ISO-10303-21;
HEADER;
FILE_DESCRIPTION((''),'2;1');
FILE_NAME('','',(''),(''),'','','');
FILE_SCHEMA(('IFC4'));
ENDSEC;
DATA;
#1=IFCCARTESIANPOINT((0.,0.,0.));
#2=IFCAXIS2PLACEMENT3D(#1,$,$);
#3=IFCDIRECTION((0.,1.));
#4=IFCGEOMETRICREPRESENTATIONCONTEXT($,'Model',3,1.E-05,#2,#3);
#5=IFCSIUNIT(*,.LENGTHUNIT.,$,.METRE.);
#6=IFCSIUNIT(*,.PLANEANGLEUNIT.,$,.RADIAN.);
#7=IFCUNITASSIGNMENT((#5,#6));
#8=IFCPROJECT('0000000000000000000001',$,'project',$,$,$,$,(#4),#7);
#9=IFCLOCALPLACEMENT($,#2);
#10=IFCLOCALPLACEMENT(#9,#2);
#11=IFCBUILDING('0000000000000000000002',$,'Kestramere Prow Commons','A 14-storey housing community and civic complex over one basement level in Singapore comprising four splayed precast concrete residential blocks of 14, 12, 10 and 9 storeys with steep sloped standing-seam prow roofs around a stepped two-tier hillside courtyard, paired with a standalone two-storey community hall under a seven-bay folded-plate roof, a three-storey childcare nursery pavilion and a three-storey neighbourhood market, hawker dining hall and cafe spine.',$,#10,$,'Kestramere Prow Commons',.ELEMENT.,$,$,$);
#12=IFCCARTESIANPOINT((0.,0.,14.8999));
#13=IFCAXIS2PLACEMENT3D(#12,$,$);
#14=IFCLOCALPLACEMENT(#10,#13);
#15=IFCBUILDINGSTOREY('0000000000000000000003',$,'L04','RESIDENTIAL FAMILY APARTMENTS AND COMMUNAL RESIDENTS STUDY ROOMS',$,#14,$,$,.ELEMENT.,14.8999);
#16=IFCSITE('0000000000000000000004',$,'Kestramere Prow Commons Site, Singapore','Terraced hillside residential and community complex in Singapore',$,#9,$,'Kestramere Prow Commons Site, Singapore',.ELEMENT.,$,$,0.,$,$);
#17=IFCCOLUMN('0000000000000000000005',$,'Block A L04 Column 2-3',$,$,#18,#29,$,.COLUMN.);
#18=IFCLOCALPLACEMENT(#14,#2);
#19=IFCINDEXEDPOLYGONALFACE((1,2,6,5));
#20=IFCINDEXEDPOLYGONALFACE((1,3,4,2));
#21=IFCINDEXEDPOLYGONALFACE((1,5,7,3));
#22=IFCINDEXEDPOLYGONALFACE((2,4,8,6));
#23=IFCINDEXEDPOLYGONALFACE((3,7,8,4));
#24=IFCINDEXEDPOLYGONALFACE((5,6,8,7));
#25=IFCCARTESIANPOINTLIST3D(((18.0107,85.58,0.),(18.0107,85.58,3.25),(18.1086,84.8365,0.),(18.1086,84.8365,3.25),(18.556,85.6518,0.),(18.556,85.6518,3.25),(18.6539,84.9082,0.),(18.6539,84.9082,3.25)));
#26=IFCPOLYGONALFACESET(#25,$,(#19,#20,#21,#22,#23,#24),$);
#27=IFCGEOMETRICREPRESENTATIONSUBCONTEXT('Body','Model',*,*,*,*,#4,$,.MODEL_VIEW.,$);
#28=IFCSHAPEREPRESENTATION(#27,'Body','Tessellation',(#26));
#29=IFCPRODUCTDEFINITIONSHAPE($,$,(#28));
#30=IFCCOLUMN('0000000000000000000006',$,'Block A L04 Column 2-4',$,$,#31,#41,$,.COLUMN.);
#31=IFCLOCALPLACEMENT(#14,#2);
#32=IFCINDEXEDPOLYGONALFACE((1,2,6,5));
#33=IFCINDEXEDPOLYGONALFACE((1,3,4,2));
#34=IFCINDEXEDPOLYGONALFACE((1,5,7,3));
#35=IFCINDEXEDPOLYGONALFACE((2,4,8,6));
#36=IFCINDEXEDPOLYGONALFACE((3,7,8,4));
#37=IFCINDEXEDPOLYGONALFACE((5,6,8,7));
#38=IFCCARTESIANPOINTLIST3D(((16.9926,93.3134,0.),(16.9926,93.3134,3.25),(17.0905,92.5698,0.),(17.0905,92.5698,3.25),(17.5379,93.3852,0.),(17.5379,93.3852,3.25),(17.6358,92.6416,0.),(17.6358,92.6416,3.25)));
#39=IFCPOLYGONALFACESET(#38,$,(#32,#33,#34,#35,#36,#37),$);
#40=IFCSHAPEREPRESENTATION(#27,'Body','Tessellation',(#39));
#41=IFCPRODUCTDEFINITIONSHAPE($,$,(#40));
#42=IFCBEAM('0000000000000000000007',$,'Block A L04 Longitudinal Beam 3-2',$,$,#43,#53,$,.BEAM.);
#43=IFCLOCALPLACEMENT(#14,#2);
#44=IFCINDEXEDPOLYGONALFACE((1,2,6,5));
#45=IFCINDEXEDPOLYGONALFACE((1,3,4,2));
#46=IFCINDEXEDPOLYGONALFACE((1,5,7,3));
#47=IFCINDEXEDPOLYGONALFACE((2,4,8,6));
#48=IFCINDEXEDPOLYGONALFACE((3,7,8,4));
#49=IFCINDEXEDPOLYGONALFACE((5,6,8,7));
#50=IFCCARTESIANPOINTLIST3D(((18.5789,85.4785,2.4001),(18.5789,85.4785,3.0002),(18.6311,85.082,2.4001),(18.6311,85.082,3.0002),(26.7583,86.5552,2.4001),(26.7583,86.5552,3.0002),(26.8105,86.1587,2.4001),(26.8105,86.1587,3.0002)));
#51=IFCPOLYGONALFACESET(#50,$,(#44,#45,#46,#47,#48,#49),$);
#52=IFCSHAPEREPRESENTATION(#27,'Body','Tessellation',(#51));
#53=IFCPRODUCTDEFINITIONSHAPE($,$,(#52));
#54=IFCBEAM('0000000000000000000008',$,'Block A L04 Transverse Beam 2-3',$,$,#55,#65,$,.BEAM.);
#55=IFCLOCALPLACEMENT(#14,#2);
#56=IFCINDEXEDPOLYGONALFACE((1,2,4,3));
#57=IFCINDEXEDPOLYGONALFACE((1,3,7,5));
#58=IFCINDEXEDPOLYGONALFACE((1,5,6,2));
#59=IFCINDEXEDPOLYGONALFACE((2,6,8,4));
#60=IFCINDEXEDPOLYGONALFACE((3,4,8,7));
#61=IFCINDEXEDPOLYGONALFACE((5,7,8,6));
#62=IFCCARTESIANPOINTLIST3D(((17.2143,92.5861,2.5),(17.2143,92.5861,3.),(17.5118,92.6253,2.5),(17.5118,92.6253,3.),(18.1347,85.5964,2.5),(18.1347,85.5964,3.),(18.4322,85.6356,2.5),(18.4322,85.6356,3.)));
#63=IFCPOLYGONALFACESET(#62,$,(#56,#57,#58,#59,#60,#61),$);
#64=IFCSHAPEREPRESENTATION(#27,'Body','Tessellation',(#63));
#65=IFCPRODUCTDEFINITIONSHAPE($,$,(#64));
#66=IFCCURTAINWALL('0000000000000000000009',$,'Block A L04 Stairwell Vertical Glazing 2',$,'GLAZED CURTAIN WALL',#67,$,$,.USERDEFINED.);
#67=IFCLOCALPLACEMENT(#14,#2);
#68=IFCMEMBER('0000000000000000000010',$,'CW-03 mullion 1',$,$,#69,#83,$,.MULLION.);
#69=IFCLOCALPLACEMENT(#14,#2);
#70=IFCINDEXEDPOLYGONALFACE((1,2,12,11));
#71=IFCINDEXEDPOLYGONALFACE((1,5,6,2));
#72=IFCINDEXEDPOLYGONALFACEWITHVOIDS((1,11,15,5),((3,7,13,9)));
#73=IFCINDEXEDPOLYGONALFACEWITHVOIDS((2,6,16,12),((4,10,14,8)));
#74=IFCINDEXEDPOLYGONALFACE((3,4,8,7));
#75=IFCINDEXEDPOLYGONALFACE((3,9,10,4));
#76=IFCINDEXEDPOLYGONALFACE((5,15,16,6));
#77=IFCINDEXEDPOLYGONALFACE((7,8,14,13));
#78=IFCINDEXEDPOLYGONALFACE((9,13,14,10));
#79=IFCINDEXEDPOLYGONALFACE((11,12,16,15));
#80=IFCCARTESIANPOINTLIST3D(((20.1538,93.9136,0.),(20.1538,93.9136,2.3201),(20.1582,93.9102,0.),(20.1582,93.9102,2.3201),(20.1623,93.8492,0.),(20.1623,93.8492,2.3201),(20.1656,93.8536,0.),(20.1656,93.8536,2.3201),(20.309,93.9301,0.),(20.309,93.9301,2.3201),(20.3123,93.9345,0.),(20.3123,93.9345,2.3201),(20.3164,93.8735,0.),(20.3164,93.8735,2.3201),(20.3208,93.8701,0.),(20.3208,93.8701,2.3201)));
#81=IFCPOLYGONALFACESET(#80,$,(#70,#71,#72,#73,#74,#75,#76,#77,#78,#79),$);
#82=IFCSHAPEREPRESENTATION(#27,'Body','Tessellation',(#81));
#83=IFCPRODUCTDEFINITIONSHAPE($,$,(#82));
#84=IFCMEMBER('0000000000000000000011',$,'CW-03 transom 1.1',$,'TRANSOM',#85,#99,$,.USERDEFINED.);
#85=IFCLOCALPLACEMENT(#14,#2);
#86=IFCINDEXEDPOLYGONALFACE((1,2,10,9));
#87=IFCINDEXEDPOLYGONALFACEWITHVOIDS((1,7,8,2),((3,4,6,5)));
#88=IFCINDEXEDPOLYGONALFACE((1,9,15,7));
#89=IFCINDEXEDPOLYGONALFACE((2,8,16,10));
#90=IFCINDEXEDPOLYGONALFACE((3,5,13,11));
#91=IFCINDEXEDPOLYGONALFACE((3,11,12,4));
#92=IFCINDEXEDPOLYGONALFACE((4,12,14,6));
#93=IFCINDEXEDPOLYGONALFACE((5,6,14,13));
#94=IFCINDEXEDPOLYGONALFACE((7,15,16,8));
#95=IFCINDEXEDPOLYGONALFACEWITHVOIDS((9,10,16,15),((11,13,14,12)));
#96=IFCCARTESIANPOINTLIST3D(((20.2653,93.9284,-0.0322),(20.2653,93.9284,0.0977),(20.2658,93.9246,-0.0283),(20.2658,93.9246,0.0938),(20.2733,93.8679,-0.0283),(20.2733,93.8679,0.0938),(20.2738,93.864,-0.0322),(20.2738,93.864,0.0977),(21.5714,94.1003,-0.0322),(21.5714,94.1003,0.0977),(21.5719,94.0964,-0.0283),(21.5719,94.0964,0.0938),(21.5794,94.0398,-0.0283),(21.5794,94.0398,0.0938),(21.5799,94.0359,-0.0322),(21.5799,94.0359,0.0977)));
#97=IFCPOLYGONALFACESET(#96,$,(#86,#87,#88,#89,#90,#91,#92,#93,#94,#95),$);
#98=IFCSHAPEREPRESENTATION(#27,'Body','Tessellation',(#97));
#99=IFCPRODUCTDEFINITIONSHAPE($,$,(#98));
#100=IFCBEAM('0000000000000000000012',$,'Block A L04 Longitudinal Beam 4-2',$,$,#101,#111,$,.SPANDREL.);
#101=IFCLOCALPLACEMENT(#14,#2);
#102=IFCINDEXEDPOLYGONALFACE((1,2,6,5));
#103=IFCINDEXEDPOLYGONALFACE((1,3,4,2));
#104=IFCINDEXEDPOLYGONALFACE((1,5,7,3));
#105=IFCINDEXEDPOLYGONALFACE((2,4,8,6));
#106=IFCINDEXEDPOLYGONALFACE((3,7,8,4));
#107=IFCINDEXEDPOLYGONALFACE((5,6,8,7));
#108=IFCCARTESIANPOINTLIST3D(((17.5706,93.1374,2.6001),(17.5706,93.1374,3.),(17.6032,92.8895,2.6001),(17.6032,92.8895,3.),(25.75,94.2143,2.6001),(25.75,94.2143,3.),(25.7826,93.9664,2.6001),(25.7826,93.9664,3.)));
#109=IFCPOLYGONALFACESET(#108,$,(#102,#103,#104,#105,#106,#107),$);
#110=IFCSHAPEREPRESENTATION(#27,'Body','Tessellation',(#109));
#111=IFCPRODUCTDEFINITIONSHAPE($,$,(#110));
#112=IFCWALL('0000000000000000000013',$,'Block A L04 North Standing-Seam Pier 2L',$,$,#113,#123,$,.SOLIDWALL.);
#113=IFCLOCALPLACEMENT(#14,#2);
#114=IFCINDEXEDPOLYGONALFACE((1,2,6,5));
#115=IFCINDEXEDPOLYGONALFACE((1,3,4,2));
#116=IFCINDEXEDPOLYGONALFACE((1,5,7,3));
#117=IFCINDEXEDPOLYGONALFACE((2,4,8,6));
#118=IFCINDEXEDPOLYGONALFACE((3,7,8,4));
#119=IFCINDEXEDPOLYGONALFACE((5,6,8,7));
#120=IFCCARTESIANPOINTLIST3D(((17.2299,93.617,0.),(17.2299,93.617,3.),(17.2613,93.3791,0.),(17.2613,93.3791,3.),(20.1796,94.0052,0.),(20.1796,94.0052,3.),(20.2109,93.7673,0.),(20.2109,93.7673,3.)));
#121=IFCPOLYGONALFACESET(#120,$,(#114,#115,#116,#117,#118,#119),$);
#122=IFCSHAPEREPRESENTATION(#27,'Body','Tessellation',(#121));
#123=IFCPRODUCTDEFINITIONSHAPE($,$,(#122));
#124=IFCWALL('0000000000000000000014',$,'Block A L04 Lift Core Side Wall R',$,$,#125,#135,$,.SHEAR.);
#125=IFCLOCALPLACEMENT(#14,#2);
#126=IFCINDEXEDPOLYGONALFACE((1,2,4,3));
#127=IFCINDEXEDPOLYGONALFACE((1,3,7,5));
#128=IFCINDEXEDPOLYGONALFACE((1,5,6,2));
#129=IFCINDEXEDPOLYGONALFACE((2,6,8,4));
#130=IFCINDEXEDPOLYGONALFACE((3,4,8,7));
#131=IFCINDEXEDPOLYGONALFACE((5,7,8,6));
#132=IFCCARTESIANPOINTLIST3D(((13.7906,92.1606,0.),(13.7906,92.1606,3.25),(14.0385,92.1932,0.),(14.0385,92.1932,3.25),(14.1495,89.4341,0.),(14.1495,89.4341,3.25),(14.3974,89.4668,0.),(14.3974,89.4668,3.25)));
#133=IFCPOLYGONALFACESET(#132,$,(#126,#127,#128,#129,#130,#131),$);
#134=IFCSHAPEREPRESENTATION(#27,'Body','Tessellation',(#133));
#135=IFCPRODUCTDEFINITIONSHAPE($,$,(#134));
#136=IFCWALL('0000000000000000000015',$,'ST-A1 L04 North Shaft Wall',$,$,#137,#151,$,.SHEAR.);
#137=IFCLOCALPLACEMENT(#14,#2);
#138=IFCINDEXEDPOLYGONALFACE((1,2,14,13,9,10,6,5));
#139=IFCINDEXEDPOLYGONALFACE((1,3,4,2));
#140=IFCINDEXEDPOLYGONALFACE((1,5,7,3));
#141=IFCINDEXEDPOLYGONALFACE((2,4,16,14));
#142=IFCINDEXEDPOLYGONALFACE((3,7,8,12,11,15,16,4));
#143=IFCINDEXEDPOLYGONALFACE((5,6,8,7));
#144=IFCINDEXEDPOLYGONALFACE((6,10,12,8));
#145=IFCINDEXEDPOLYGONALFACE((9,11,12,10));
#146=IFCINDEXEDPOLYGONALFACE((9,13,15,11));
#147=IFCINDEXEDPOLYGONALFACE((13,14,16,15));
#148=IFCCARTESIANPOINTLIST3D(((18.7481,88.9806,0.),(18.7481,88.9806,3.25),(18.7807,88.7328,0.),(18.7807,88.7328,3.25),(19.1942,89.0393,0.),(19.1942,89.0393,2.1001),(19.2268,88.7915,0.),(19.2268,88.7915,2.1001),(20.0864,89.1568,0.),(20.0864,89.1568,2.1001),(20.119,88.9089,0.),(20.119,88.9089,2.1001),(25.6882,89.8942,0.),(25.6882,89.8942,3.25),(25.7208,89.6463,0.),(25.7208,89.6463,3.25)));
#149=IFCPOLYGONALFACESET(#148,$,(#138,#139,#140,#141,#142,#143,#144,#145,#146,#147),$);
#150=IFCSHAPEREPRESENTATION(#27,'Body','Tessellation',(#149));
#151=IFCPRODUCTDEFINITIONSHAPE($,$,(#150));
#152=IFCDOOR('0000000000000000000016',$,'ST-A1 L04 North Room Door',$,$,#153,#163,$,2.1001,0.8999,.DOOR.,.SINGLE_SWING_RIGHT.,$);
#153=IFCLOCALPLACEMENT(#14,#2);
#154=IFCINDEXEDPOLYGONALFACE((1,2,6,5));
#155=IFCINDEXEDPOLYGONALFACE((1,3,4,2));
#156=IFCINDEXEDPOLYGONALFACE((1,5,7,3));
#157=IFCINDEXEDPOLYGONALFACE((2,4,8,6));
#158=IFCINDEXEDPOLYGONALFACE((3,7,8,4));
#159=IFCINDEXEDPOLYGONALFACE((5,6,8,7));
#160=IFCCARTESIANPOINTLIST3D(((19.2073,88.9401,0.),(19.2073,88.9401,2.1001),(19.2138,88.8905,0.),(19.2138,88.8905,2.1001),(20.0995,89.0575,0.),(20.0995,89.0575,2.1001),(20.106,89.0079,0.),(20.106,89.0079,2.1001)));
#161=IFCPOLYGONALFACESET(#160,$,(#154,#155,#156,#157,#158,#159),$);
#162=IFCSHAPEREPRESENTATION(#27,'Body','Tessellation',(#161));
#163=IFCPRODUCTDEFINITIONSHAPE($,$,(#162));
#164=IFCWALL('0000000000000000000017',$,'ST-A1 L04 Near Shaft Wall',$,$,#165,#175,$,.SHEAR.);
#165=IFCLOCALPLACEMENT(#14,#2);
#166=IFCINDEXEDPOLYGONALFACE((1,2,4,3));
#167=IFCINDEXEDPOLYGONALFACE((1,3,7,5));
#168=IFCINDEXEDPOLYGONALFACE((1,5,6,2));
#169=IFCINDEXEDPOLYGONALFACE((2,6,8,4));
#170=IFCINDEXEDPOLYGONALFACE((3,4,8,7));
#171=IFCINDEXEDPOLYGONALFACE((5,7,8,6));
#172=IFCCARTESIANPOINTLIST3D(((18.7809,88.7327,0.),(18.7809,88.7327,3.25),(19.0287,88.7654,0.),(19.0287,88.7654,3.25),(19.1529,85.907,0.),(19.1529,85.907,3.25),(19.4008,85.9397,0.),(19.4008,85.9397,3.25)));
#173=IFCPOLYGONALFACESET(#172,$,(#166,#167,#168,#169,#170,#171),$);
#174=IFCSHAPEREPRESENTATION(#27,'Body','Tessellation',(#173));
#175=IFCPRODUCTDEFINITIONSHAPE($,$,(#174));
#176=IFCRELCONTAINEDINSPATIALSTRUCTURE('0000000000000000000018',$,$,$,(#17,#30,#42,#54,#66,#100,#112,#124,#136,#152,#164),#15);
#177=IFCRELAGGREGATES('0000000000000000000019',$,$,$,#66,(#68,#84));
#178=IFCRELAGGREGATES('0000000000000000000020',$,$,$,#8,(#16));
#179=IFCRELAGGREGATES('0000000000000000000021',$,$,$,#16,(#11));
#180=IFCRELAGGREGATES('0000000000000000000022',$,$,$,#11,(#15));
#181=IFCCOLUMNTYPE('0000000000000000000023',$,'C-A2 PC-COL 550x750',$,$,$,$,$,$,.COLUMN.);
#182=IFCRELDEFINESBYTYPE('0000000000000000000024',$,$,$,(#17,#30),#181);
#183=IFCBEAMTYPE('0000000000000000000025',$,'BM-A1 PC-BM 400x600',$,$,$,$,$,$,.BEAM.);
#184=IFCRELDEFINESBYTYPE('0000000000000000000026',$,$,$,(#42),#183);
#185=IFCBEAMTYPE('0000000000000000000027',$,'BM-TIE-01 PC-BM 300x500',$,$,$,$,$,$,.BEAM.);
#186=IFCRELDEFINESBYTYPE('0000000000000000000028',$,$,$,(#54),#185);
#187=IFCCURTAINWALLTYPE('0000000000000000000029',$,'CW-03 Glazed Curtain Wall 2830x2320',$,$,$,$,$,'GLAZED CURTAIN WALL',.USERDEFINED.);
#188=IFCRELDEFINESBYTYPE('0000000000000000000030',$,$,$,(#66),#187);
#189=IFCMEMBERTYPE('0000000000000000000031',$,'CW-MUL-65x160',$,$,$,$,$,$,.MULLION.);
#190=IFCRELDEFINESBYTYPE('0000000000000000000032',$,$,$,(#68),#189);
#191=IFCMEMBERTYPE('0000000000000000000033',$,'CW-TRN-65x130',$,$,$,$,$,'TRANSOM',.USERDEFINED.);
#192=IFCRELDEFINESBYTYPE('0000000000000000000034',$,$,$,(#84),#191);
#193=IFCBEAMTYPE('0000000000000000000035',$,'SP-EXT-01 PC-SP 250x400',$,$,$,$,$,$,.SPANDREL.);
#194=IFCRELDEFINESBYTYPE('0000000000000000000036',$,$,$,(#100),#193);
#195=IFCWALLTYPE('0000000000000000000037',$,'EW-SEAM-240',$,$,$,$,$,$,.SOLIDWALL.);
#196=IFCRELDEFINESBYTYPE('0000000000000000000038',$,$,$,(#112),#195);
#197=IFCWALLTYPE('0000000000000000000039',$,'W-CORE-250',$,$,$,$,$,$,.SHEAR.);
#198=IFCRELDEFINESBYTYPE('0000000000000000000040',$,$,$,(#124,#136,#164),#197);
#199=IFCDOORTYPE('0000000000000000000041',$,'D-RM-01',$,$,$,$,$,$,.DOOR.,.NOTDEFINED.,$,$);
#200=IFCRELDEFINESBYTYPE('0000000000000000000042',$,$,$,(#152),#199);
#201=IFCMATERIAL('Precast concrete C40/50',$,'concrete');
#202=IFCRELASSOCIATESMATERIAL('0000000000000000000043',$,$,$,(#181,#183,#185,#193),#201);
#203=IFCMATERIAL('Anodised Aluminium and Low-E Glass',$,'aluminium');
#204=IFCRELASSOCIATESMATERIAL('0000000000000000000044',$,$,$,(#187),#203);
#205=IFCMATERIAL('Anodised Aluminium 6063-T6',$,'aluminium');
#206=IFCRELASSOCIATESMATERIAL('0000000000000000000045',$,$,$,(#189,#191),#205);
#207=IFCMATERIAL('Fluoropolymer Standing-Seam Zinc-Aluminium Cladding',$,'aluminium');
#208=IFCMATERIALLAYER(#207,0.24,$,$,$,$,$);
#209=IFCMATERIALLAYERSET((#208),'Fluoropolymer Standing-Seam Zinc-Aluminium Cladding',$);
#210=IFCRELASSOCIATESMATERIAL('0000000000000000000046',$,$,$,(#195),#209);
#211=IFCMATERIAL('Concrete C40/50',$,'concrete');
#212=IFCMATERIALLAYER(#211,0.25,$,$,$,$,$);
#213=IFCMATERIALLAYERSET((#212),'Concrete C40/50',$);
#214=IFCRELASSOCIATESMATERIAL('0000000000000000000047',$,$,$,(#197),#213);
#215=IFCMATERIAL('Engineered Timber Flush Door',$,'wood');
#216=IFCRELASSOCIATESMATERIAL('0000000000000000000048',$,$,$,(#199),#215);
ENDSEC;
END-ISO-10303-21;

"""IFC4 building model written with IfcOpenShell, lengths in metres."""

from ifc_helpers import new_model, si_unit, direction, frame, frame_2d, origin, origin_2d, place, context, subcontext, project, spatial, rectangle, hollow_rectangle, extrude, material, layer, layer_set, material_profile, profile_set, type_object, element, fill, aggregate, save


model = new_model("IFC4")

# Units and contexts
model_context = context("Model", 3, precision=1e-05, world=origin(), true_north=direction((0.0, 1.0)))
body_context = subcontext(model_context, "Body", "Model", "MODEL_VIEW")
ifc_project = project(units=[si_unit("LENGTHUNIT", "METRE"), si_unit("PLANEANGLEUNIT", "RADIAN")], contexts=[model_context])

# Site, building, storey
site_placement = place(None, origin())
site = spatial("IfcSite", under=ifc_project, at=site_placement, Name="Kestramere Prow Commons Site, Singapore", Description="Terraced hillside residential and community complex in Singapore", LongName="Kestramere Prow Commons Site, Singapore", CompositionType="ELEMENT", RefElevation=0.0)
building_placement = place(site_placement, origin())
building = spatial("IfcBuilding", under=site, at=building_placement, Name="Kestramere Prow Commons", Description="A 14-storey housing community and civic complex over one basement level in Singapore comprising four splayed precast concrete residential blocks of 14, 12, 10 and 9 storeys with steep sloped standing-seam prow roofs around a stepped two-tier hillside courtyard, paired with a standalone two-storey community hall under a seven-bay folded-plate roof, a three-storey childcare nursery pavilion and a three-storey neighbourhood market, hawker dining hall and cafe spine.", LongName="Kestramere Prow Commons", CompositionType="ELEMENT")
storey_placement = place(building_placement, frame((0.0, 0.0, 14.8999)))
storey = spatial("IfcBuildingStorey", under=building, at=storey_placement, Name="L04", Description="RESIDENTIAL FAMILY APARTMENTS AND COMMUNAL RESIDENTS STUDY ROOMS", CompositionType="ELEMENT", Elevation=14.8999)

# Columns
ifc_material_1 = material(Name="Precast concrete C40/50", Category="concrete")
ifc_material_profile_1 = material_profile(ifc_material_1, rectangle(XDim=0.55, YDim=0.75, at=origin_2d()), Name="PC-COL 550x750")
ifc_profile_set_1 = profile_set([ifc_material_profile_1], Name="Precast concrete C40/50")
column_type = type_object("IfcColumnType", Name="C-A2 PC-COL 550x750", PredefinedType="COLUMN", material=ifc_profile_set_1)
for number, where, z_axis, x_axis, name in (
    (1, (18.3323, 85.2441, 0.0), (0.0, 0.0, 1.0), (0.991445, 0.130526, 0.0), "Block A L04 Column 2-3"),
    (2, (17.3142, 92.9775, 0.0), (0.0, 0.0, 1.0), (0.991445, 0.130526, 0.0), "Block A L04 Column 2-4"),
):
    element("IfcColumn", number, at=place(storey_placement, frame(where, z_axis=z_axis, x_axis=x_axis)), inside=storey, type_object=column_type, Name=name, PredefinedType="COLUMN", context=body_context, shape_type="SweptSolid", body=[
        extrude(rectangle(XDim=0.55, YDim=0.75, at=origin_2d()), origin(), (0.0, 0.0, 1.0), 3.25),
    ])

# Beams
ifc_material_profile_2 = material_profile(ifc_material_1, rectangle(XDim=0.3999, YDim=0.6001, at=origin_2d()), Name="PC-BM 400x600")
ifc_profile_set_2 = profile_set([ifc_material_profile_2], Name="Precast concrete C40/50")
beam_type_1 = type_object("IfcBeamType", Name="BM-A1 PC-BM 400x600", PredefinedType="BEAM", material=ifc_profile_set_2)
beam_1_placement = place(storey_placement, frame((18.605, 85.2803, 2.7002), z_axis=(0.991448, 0.130504, 0.0), x_axis=(-0.130504, 0.991448, 0.0)))
element("IfcBeam", 3, at=beam_1_placement, inside=storey, type_object=beam_type_1, Name="Block A L04 Longitudinal Beam 3-2", PredefinedType="BEAM", context=body_context, shape_type="SweptSolid", body=[
    extrude(rectangle(XDim=0.3999, YDim=0.6001, at=origin_2d()), origin(), (0.0, 0.0, 1.0), 8.25),
])
ifc_material_profile_3 = material_profile(ifc_material_1, rectangle(XDim=0.3, YDim=0.5, at=origin_2d()), Name="PC-BM 300x500")
ifc_profile_set_3 = profile_set([ifc_material_profile_3], Name="Precast concrete C40/50")
beam_type_2 = type_object("IfcBeamType", Name="BM-TIE-01 PC-BM 300x500", PredefinedType="BEAM", material=ifc_profile_set_3)
beam_2_placement = place(storey_placement, frame((18.2834, 85.616, 2.75), z_axis=(-0.130553, 0.991441, 0.0), x_axis=(-0.991441, -0.130553, 0.0)))
element("IfcBeam", 4, at=beam_2_placement, inside=storey, type_object=beam_type_2, Name="Block A L04 Transverse Beam 2-3", PredefinedType="BEAM", context=body_context, shape_type="SweptSolid", body=[
    extrude(rectangle(XDim=0.3, YDim=0.5, at=origin_2d()), origin(), (0.0, 0.0, 1.0), 7.05),
])

# Curtain wall, members
ifc_material_2 = material(Name="Anodised Aluminium and Low-E Glass", Category="aluminium")
curtain_wall_type = type_object("IfcCurtainWallType", Name="CW-03 Glazed Curtain Wall 2830x2320", ElementType="GLAZED CURTAIN WALL", PredefinedType="USERDEFINED", material=ifc_material_2)
curtain_wall_placement = place(storey_placement, origin())
curtain_wall = element("IfcCurtainWall", 5, at=curtain_wall_placement, inside=storey, type_object=curtain_wall_type, Name="Block A L04 Stairwell Vertical Glazing 2", ObjectType="GLAZED CURTAIN WALL", PredefinedType="USERDEFINED")
ifc_material_3 = material(Name="Anodised Aluminium 6063-T6", Category="aluminium")
ifc_material_profile_4 = material_profile(ifc_material_3, hollow_rectangle(XDim=0.0649, YDim=0.1599, WallThickness=0.0039, at=origin_2d()), Name="ALU-MUL 65x160")
ifc_profile_set_4 = profile_set([ifc_material_profile_4], Name="Anodised Aluminium 6063-T6")
member_type_1 = type_object("IfcMemberType", Name="CW-MUL-65x160", PredefinedType="MULLION", material=ifc_profile_set_4)
member_1_placement = place(storey_placement, frame((20.2373, 93.8918, 0.0), z_axis=(0.0, 0.0, 1.0), x_axis=(-0.130526, 0.991445, 0.0)))
member_1 = element("IfcMember", 6, at=member_1_placement, type_object=member_type_1, Name="CW-03 mullion 1", PredefinedType="MULLION", context=body_context, shape_type="SweptSolid", body=[
    extrude(hollow_rectangle(XDim=0.0649, YDim=0.1599, WallThickness=0.0039, at=origin_2d()), origin(), (0.0, 0.0, 1.0), 2.3201),
])
ifc_material_profile_5 = material_profile(ifc_material_3, hollow_rectangle(XDim=0.0649, YDim=0.1299, WallThickness=0.0039, at=origin_2d()), Name="ALU-TRN 65x130")
ifc_profile_set_5 = profile_set([ifc_material_profile_5], Name="Anodised Aluminium 6063-T6")
member_type_2 = type_object("IfcMemberType", Name="CW-TRN-65x130", ElementType="TRANSOM", PredefinedType="USERDEFINED", material=ifc_profile_set_5)
member_2_placement = place(storey_placement, frame((20.2695, 93.8962, 0.0327), z_axis=(0.991453, 0.130464, 0.0), x_axis=(-0.130464, 0.991453, 0.0)))
member_2 = element("IfcMember", 7, at=member_2_placement, type_object=member_type_2, Name="CW-03 transom 1.1", ObjectType="TRANSOM", PredefinedType="USERDEFINED", context=body_context, shape_type="SweptSolid", body=[
    extrude(hollow_rectangle(XDim=0.0649, YDim=0.1299, WallThickness=0.0039, at=origin_2d()), origin(), (0.0, 0.0, 1.0), 1.3174),
])
aggregate(curtain_wall, [member_1, member_2])

# Beam
ifc_material_profile_6 = material_profile(ifc_material_1, rectangle(XDim=0.25, YDim=0.3999, at=origin_2d()), Name="PC-SP 250x400")
ifc_profile_set_6 = profile_set([ifc_material_profile_6], Name="Precast concrete C40/50")
beam_type_3 = type_object("IfcBeamType", Name="SP-EXT-01 PC-SP 250x400", PredefinedType="SPANDREL", material=ifc_profile_set_6)
beam_3_placement = place(storey_placement, frame((17.5869, 93.0134, 2.8), z_axis=(0.991444, 0.130533, 0.0), x_axis=(-0.130533, 0.991444, 0.0)))
element("IfcBeam", 8, at=beam_3_placement, inside=storey, type_object=beam_type_3, Name="Block A L04 Longitudinal Beam 4-2", PredefinedType="SPANDREL", context=body_context, shape_type="SweptSolid", body=[
    extrude(rectangle(XDim=0.25, YDim=0.3999, at=origin_2d()), origin(), (0.0, 0.0, 1.0), 8.25),
])

# Wall
ifc_material_4 = material(Name="Fluoropolymer Standing-Seam Zinc-Aluminium Cladding", Category="aluminium")
ifc_layer_1 = layer(ifc_material_4, 0.24)
ifc_layer_set_1 = layer_set([ifc_layer_1], Name="Fluoropolymer Standing-Seam Zinc-Aluminium Cladding")
wall_type_1 = type_object("IfcWallType", Name="EW-SEAM-240", PredefinedType="SOLIDWALL", material=ifc_layer_set_1)
wall_1_placement = place(storey_placement, frame((17.2456, 93.498, 0.0), z_axis=(0.0, 0.0, 1.0), x_axis=(0.991452, 0.130476, 0.0)))
element("IfcWall", 9, at=wall_1_placement, inside=storey, type_object=wall_type_1, Name="Block A L04 North Standing-Seam Pier 2L", PredefinedType="SOLIDWALL", context=body_context, shape_type="SweptSolid", body=[
    extrude(rectangle(XDim=2.9751, YDim=0.24, at=frame_2d((1.4875, 0.0))), origin(), (0.0, 0.0, 1.0), 3.0),
])

# Shared definitions
ifc_material_5 = material(Name="Concrete C40/50", Category="concrete")
ifc_layer_2 = layer(ifc_material_5, 0.25)
ifc_layer_set_2 = layer_set([ifc_layer_2], Name="Concrete C40/50")
wall_type_2 = type_object("IfcWallType", Name="W-CORE-250", PredefinedType="SHEAR", material=ifc_layer_set_2)

# Wall
wall_2_placement = place(storey_placement, frame((14.2734, 89.4504, 0.0), z_axis=(0.0, 0.0, 1.0), x_axis=(-0.1305, 0.991448, 0.0)))
element("IfcWall", 10, at=wall_2_placement, inside=storey, type_object=wall_type_2, Name="Block A L04 Lift Core Side Wall R", PredefinedType="SHEAR", context=body_context, shape_type="SweptSolid", body=[
    extrude(rectangle(XDim=2.75, YDim=0.25, at=frame_2d((1.375, 0.0))), origin(), (0.0, 0.0, 1.0), 3.25),
])

# Wall, opening, door
wall_3_placement = place(storey_placement, frame((18.7644, 88.8567, 0.0), z_axis=(0.0, 0.0, 1.0), x_axis=(0.991447, 0.13051, 0.0)))
wall_3 = element("IfcWall", 11, at=wall_3_placement, inside=storey, type_object=wall_type_2, Name="ST-A1 L04 North Shaft Wall", PredefinedType="SHEAR", context=body_context, shape_type="SweptSolid", body=[
    extrude(rectangle(XDim=7.0, YDim=0.25, at=frame_2d((3.5, 0.0))), origin(), (0.0, 0.0, 1.0), 3.25),
])
opening_1_placement = place(wall_3_placement, frame((0.45, 0.0, 0.0)))
opening_1 = element("IfcOpeningElement", 12, at=opening_1_placement, cuts=wall_3, PredefinedType="OPENING", context=body_context, shape_type="SweptSolid", body=[
    extrude(rectangle(XDim=0.8999, YDim=2.1001, at=frame_2d((0.45, 1.05))), frame((0.0, 0.1399, 0.0), z_axis=(0.0, -1.0, 0.0), x_axis=(1.0, 0.0, 0.0)), (0.0, 0.0, 1.0), 0.28),
])
ifc_material_6 = material(Name="Engineered Timber Flush Door", Category="wood")
door_type_1 = type_object("IfcDoorType", Name="D-RM-01", OperationType="NOTDEFINED", PredefinedType="DOOR", material=ifc_material_6)
door_1_placement = place(opening_1_placement, origin())
door_1 = element("IfcDoor", 13, at=door_1_placement, inside=storey, type_object=door_type_1, Name="ST-A1 L04 North Room Door", OperationType="SINGLE_SWING_RIGHT", OverallHeight=2.1001, OverallWidth=0.8999, PredefinedType="DOOR", context=body_context, shape_type="SweptSolid", body=[
    extrude(rectangle(XDim=0.8999, YDim=2.1001, at=frame_2d((0.45, 1.05))), frame((0.0, 0.0249, 0.0), z_axis=(0.0, -1.0, 0.0), x_axis=(1.0, 0.0, 0.0)), (0.0, 0.0, 1.0), 0.05),
])
fill(opening_1, door_1)

# Wall
wall_4_placement = place(storey_placement, frame((19.2769, 85.9233, 0.0), z_axis=(0.0, 0.0, 1.0), x_axis=(-0.130548, 0.991442, 0.0)))
element("IfcWall", 14, at=wall_4_placement, inside=storey, type_object=wall_type_2, Name="ST-A1 L04 Near Shaft Wall", PredefinedType="SHEAR", context=body_context, shape_type="SweptSolid", body=[
    extrude(rectangle(XDim=2.8501, YDim=0.25, at=frame_2d((1.425, 0.0))), origin(), (0.0, 0.0, 1.0), 3.25),
])

save(model, "model.ifc")
